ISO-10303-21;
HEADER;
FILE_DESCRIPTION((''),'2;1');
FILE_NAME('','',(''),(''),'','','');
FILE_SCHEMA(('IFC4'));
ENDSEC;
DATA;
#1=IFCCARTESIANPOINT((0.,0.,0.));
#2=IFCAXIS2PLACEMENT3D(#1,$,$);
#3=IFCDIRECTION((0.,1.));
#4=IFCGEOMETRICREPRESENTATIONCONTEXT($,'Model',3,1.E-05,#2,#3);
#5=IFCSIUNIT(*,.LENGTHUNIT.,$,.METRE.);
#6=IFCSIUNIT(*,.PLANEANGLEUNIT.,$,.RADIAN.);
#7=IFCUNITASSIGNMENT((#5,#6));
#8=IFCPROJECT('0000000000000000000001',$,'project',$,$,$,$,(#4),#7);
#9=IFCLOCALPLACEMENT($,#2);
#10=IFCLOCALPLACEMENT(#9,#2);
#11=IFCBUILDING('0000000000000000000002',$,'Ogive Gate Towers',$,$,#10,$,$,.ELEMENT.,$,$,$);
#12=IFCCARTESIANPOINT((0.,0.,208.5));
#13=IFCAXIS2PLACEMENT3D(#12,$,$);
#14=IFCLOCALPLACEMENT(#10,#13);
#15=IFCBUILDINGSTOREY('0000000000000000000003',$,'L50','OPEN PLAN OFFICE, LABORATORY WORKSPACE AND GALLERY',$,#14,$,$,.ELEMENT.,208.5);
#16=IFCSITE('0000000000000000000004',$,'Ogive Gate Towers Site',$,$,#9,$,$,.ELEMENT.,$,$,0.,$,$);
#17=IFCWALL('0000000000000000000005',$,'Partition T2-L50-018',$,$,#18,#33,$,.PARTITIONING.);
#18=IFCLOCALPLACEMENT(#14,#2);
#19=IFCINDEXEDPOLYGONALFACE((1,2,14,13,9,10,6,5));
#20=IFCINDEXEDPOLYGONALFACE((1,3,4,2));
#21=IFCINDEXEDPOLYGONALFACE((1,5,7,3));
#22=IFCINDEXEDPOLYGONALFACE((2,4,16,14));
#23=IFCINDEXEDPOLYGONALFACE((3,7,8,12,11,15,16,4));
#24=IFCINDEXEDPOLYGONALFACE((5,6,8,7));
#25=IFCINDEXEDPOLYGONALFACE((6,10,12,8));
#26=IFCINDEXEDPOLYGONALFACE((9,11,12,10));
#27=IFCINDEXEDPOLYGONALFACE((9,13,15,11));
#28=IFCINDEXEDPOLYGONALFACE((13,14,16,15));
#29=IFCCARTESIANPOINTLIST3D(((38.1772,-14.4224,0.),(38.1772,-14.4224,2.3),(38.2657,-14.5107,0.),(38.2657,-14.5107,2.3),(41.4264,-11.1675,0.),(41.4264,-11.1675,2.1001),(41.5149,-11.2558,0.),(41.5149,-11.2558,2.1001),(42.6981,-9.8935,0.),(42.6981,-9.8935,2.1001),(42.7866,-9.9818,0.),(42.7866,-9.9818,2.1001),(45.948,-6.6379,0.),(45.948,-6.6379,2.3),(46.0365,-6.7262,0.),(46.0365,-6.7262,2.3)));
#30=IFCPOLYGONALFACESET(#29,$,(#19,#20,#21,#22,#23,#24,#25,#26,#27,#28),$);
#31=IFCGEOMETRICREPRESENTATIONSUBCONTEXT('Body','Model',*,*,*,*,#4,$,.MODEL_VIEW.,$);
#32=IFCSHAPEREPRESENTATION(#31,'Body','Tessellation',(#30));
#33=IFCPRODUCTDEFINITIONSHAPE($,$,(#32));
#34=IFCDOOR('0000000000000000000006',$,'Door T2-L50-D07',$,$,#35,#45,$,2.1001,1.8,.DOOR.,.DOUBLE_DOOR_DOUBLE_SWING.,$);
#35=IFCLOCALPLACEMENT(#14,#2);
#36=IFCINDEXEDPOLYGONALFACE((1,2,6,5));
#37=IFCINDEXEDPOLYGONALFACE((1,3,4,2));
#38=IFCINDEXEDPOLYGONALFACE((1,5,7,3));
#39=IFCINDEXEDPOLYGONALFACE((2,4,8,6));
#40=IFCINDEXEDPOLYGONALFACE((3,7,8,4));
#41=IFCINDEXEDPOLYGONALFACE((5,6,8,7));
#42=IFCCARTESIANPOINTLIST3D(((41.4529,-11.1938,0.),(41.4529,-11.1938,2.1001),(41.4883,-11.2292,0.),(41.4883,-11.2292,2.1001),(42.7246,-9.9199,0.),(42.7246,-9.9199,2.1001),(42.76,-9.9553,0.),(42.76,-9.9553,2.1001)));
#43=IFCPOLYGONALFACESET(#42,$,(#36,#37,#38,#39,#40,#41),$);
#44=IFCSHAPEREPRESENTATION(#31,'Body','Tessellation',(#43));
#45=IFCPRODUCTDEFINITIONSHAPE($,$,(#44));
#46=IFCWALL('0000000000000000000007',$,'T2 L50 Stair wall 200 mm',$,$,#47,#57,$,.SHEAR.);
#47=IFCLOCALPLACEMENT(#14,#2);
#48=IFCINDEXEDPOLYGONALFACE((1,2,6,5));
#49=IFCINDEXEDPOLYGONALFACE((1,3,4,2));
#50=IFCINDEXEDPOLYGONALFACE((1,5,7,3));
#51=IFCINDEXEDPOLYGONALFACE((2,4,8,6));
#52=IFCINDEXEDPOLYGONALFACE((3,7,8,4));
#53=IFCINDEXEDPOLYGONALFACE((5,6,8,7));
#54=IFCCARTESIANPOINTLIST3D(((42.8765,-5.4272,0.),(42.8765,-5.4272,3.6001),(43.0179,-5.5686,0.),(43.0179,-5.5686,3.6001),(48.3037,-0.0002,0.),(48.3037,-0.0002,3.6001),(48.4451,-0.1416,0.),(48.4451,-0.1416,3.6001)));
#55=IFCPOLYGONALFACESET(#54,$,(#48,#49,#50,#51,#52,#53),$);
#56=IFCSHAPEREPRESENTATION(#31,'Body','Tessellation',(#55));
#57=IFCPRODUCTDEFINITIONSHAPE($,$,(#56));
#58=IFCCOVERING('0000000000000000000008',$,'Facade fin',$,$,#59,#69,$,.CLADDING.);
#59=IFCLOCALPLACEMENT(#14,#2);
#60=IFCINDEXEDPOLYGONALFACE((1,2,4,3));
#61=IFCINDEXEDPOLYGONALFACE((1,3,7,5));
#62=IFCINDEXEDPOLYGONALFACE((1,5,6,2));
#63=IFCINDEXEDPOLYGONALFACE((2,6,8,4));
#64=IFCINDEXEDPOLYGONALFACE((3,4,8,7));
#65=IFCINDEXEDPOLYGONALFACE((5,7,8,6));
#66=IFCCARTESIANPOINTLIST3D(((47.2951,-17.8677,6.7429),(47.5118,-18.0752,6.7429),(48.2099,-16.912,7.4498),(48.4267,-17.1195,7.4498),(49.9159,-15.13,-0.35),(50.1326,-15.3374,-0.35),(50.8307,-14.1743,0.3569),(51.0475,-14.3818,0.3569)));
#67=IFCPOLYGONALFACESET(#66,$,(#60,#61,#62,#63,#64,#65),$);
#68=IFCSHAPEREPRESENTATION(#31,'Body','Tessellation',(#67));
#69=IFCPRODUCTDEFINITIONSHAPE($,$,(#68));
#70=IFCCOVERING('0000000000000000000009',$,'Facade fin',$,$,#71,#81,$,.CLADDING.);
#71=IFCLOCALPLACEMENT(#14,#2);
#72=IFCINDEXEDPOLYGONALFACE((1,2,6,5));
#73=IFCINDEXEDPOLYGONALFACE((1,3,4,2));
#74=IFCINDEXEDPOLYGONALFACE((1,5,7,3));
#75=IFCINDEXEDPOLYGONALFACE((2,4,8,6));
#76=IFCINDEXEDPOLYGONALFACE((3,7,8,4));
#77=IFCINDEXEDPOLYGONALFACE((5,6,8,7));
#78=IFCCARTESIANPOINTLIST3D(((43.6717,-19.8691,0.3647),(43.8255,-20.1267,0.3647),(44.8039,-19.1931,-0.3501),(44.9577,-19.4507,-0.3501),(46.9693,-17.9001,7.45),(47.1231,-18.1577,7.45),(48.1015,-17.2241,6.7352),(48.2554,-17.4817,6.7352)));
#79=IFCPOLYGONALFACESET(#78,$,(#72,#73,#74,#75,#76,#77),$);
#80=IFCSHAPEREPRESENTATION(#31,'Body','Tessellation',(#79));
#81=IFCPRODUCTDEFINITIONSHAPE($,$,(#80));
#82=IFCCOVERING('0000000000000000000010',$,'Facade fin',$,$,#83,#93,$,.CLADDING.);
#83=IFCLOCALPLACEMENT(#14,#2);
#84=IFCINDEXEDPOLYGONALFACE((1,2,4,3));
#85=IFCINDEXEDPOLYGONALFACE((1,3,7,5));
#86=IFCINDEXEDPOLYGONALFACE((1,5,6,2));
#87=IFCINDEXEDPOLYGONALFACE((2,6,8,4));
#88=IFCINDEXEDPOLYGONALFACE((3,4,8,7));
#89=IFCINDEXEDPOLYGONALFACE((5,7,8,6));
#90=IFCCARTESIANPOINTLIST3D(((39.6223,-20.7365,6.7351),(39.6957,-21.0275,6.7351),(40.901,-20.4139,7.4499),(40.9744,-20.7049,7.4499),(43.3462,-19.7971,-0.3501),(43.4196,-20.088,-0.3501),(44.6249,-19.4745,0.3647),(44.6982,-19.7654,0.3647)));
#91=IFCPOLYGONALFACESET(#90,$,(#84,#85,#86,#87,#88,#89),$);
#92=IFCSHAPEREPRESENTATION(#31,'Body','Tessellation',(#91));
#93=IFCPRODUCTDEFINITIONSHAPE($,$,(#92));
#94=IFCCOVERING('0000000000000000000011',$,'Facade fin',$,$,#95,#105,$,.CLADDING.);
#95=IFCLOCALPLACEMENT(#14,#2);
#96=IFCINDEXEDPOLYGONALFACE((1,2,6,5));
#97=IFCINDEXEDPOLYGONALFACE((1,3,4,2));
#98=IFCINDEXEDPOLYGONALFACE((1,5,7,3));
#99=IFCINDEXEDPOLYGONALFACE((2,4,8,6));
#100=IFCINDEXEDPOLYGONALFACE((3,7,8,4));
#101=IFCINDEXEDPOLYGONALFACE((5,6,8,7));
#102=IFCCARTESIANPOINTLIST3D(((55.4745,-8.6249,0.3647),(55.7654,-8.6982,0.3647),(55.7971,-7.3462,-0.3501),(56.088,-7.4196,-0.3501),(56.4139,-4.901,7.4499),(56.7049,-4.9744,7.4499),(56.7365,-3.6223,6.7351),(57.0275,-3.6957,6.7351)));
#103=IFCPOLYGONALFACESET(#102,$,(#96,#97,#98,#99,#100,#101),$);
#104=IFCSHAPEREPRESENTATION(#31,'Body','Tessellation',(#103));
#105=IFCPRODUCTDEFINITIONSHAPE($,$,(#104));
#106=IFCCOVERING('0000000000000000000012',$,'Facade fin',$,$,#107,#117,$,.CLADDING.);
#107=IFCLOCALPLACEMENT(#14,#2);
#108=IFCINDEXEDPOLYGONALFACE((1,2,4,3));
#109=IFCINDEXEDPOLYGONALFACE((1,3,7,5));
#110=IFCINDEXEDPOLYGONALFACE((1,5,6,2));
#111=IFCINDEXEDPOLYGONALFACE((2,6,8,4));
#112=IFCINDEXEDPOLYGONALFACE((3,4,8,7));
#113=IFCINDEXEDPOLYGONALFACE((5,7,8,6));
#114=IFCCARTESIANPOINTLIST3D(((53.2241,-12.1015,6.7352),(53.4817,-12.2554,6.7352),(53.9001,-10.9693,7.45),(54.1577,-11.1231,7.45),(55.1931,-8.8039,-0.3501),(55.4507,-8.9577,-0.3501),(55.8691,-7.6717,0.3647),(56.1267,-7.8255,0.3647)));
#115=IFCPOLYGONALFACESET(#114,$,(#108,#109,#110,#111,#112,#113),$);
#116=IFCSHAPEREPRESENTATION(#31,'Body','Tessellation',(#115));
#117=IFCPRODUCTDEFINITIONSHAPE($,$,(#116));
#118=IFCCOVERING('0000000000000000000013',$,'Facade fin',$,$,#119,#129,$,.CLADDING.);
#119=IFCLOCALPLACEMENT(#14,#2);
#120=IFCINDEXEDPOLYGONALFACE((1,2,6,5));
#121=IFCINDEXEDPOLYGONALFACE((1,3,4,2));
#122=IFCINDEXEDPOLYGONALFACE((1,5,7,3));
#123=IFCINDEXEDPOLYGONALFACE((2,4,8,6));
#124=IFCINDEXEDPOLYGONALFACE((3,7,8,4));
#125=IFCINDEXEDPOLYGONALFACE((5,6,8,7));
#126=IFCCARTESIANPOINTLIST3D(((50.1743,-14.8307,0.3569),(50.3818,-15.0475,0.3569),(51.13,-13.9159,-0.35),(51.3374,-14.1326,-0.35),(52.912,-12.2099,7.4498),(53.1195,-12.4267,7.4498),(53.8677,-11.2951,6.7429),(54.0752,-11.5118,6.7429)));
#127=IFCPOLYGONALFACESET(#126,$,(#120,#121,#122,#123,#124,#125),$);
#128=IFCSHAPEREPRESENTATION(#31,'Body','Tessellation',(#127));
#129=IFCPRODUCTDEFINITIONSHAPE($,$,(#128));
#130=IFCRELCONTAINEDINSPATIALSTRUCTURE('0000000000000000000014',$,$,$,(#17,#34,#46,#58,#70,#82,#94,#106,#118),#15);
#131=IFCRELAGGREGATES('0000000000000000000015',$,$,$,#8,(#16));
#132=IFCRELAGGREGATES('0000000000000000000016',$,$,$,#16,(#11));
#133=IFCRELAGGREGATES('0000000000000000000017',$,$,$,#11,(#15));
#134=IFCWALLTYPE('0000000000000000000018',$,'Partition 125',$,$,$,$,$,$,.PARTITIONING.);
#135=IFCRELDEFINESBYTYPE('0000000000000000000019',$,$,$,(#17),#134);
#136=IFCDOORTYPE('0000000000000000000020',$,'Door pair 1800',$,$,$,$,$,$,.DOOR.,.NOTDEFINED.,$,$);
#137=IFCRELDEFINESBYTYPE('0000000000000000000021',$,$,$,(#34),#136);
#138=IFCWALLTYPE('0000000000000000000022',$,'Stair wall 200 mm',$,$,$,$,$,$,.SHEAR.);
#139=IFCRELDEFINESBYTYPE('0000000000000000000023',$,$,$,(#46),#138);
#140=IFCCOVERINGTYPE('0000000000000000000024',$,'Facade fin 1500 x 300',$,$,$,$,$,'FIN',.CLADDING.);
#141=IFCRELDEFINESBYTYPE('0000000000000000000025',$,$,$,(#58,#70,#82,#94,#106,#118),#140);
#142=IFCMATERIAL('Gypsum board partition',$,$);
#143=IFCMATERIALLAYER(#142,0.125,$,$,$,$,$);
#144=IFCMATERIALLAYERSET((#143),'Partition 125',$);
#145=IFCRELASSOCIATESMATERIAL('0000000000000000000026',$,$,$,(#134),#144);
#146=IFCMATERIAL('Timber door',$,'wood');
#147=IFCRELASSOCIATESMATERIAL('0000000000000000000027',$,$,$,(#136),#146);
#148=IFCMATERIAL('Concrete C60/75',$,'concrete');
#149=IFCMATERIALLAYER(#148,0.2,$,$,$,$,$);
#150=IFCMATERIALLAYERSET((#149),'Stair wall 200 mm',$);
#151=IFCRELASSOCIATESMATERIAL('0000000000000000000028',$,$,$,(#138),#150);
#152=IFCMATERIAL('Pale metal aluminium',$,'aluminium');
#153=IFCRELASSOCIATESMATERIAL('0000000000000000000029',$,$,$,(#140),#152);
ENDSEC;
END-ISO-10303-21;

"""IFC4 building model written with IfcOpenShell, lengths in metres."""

from ifc_helpers import new_model, si_unit, direction, frame, frame_2d, origin, origin_2d, place, context, subcontext, project, spatial, rectangle, extrude, material, layer, layer_set, material_profile, profile_set, type_object, element, fill, save


model = new_model("IFC4")

# Units and contexts
model_context = context("Model", 3, precision=1e-05, world=origin(), true_north=direction((0.0, 1.0)))
body_context = subcontext(model_context, "Body", "Model", "MODEL_VIEW")
ifc_project = project(units=[si_unit("LENGTHUNIT", "METRE"), si_unit("PLANEANGLEUNIT", "RADIAN")], contexts=[model_context])

# Site, building, storey
site_placement = place(None, origin())
site = spatial("IfcSite", under=ifc_project, at=site_placement, Name="Ogive Gate Towers Site", CompositionType="ELEMENT", RefElevation=0.0)
building_placement = place(site_placement, origin())
building = spatial("IfcBuilding", under=site, at=building_placement, Name="Ogive Gate Towers", CompositionType="ELEMENT")
storey_placement = place(building_placement, frame((0.0, 0.0, 208.5)))
storey = spatial("IfcBuildingStorey", under=building, at=storey_placement, Name="L50", Description="OPEN PLAN OFFICE, LABORATORY WORKSPACE AND GALLERY", CompositionType="ELEMENT", Elevation=208.5)

# Shared definitions
ifc_material_1 = material(Name="Pale metal aluminium", Category="aluminium")

# Wall, opening, door
ifc_material_2 = material(Name="Gypsum board partition")
ifc_layer_1 = layer(ifc_material_2, 0.125)
ifc_layer_set_1 = layer_set([ifc_layer_1], Name="Partition 125")
wall_type_1 = type_object("IfcWallType", Name="Partition 125", PredefinedType="PARTITIONING", material=ifc_layer_set_1)
wall_1_placement = place(storey_placement, frame((45.9922, -6.6821, 0.0), z_axis=(0.0, 0.0, 1.0), x_axis=(-0.706485, -0.707728, 0.0)))
wall_1 = element("IfcWall", 1, at=wall_1_placement, inside=storey, type_object=wall_type_1, Name="Partition T2-L50-018", PredefinedType="PARTITIONING", context=body_context, shape_type="SweptSolid", body=[
    extrude(rectangle(XDim=10.9993, YDim=0.125, at=frame_2d((5.4995, 0.0))), origin(), (0.0, 0.0, 1.0), 2.3),
])
opening_placement = place(wall_1_placement, frame((4.6001, 0.0, 0.0)))
opening = element("IfcOpeningElement", 2, at=opening_placement, cuts=wall_1, PredefinedType="OPENING", context=body_context, shape_type="SweptSolid", body=[
    extrude(rectangle(XDim=1.8, YDim=2.1001, at=frame_2d((0.8999, 1.05))), frame((0.0, 0.0725, 0.0), z_axis=(0.0, -1.0, 0.0), x_axis=(1.0, 0.0, 0.0)), (0.0, 0.0, 1.0), 0.145),
])
ifc_material_3 = material(Name="Timber door", Category="wood")
door_type = type_object("IfcDoorType", Name="Door pair 1800", OperationType="NOTDEFINED", PredefinedType="DOOR", material=ifc_material_3)
door_placement = place(opening_placement, origin())
door = element("IfcDoor", 3, at=door_placement, inside=storey, type_object=door_type, Name="Door T2-L50-D07", OperationType="DOUBLE_DOOR_DOUBLE_SWING", OverallHeight=2.1001, OverallWidth=1.8, PredefinedType="DOOR", context=body_context, shape_type="SweptSolid", body=[
    extrude(rectangle(XDim=1.8, YDim=2.1001, at=frame_2d((0.8999, 1.05))), frame((0.0, 0.0249, 0.0), z_axis=(0.0, -1.0, 0.0), x_axis=(1.0, 0.0, 0.0)), (0.0, 0.0, 1.0), 0.05),
])
fill(opening, door)

# Wall
ifc_material_4 = material(Name="Concrete C60/75", Category="concrete")
ifc_layer_2 = layer(ifc_material_4, 0.2)
ifc_layer_set_2 = layer_set([ifc_layer_2], Name="Stair wall 200 mm")
wall_type_2 = type_object("IfcWallType", Name="Stair wall 200 mm", PredefinedType="SHEAR", material=ifc_layer_set_2)
wall_2_placement = place(storey_placement, frame((42.9473, -5.4978, 0.0), z_axis=(0.0, 0.0, 1.0), x_axis=(0.707123, 0.707091, 0.0)))
element("IfcWall", 4, at=wall_2_placement, inside=storey, type_object=wall_type_2, Name="T2 L50 Stair wall 200 mm", PredefinedType="SHEAR", context=body_context, shape_type="SweptSolid", body=[
    extrude(rectangle(XDim=7.675, YDim=0.2, at=frame_2d((3.8374, 0.0))), origin(), (0.0, 0.0, 1.0), 3.6001),
])

# Coverings
ifc_material_profile_1 = material_profile(ifc_material_1, rectangle(XDim=0.3, YDim=1.5, at=origin_2d()), Name="1500 x 300 pale metal aluminium")
ifc_profile_set_1 = profile_set([ifc_material_profile_1], Name="Pale metal aluminium")
covering_type = type_object("IfcCoveringType", Name="Facade fin 1500 x 300", ElementType="FIN", PredefinedType="CLADDING", material=ifc_profile_set_1)
covering_1_placement = place(storey_placement, frame((50.4817, -14.7559, 0.0034), z_axis=(-0.325891, -0.340433, 0.881987), x_axis=(0.722366, -0.691511, 0.0)))
element("IfcCovering", 5, at=covering_1_placement, inside=storey, type_object=covering_type, Name="Facade fin", PredefinedType="CLADDING", context=body_context, shape_type="SweptSolid", body=[
    extrude(rectangle(XDim=0.3, YDim=1.5, at=origin_2d()), origin(), (0.0, 0.0, 1.0), 8.042),
])
covering_2_placement = place(storey_placement, frame((44.3147, -19.6599, 0.0073), z_axis=(0.409171, 0.244315, 0.879141), x_axis=(-0.512662, 0.85859, 0.0)))
element("IfcCovering", 6, at=covering_2_placement, inside=storey, type_object=covering_type, Name="Facade fin", PredefinedType="CLADDING", context=body_context, shape_type="SweptSolid", body=[
    extrude(rectangle(XDim=0.3, YDim=1.5, at=origin_2d()), origin(), (0.0, 0.0, 1.0), 8.0593),
])
for number, where, z_axis, x_axis, name in (
    (7, (44.0222, -19.7812, 0.0073), (-0.462068, -0.11657, 0.87915), (0.244614, -0.969621, 0.0), "Facade fin"),
    (8, (55.7812, -8.0222, 0.0073), (0.11657, 0.462068, 0.87915), (-0.969621, 0.244614, 0.0), "Facade fin"),
):
    element("IfcCovering", number, at=place(storey_placement, frame(where, z_axis=z_axis, x_axis=x_axis)), inside=storey, type_object=covering_type, Name=name, PredefinedType="CLADDING", context=body_context, shape_type="SweptSolid", body=[
        extrude(rectangle(XDim=0.3, YDim=1.5, at=origin_2d()), origin(), (0.0, 0.0, 1.0), 8.0591),
    ])
covering_3_placement = place(storey_placement, frame((55.6599, -8.3147, 0.0073), z_axis=(-0.244315, -0.409171, 0.879141), x_axis=(0.85859, -0.512662, 0.0)))
element("IfcCovering", 9, at=covering_3_placement, inside=storey, type_object=covering_type, Name="Facade fin", PredefinedType="CLADDING", context=body_context, shape_type="SweptSolid", body=[
    extrude(rectangle(XDim=0.3, YDim=1.5, at=origin_2d()), origin(), (0.0, 0.0, 1.0), 8.0593),
])
covering_4_placement = place(storey_placement, frame((50.7559, -14.4817, 0.0034), z_axis=(0.340433, 0.325891, 0.881987), x_axis=(-0.691511, 0.722366, 0.0)))
element("IfcCovering", 10, at=covering_4_placement, inside=storey, type_object=covering_type, Name="Facade fin", PredefinedType="CLADDING", context=body_context, shape_type="SweptSolid", body=[
    extrude(rectangle(XDim=0.3, YDim=1.5, at=origin_2d()), origin(), (0.0, 0.0, 1.0), 8.042),
])

save(model, "model.ifc")
